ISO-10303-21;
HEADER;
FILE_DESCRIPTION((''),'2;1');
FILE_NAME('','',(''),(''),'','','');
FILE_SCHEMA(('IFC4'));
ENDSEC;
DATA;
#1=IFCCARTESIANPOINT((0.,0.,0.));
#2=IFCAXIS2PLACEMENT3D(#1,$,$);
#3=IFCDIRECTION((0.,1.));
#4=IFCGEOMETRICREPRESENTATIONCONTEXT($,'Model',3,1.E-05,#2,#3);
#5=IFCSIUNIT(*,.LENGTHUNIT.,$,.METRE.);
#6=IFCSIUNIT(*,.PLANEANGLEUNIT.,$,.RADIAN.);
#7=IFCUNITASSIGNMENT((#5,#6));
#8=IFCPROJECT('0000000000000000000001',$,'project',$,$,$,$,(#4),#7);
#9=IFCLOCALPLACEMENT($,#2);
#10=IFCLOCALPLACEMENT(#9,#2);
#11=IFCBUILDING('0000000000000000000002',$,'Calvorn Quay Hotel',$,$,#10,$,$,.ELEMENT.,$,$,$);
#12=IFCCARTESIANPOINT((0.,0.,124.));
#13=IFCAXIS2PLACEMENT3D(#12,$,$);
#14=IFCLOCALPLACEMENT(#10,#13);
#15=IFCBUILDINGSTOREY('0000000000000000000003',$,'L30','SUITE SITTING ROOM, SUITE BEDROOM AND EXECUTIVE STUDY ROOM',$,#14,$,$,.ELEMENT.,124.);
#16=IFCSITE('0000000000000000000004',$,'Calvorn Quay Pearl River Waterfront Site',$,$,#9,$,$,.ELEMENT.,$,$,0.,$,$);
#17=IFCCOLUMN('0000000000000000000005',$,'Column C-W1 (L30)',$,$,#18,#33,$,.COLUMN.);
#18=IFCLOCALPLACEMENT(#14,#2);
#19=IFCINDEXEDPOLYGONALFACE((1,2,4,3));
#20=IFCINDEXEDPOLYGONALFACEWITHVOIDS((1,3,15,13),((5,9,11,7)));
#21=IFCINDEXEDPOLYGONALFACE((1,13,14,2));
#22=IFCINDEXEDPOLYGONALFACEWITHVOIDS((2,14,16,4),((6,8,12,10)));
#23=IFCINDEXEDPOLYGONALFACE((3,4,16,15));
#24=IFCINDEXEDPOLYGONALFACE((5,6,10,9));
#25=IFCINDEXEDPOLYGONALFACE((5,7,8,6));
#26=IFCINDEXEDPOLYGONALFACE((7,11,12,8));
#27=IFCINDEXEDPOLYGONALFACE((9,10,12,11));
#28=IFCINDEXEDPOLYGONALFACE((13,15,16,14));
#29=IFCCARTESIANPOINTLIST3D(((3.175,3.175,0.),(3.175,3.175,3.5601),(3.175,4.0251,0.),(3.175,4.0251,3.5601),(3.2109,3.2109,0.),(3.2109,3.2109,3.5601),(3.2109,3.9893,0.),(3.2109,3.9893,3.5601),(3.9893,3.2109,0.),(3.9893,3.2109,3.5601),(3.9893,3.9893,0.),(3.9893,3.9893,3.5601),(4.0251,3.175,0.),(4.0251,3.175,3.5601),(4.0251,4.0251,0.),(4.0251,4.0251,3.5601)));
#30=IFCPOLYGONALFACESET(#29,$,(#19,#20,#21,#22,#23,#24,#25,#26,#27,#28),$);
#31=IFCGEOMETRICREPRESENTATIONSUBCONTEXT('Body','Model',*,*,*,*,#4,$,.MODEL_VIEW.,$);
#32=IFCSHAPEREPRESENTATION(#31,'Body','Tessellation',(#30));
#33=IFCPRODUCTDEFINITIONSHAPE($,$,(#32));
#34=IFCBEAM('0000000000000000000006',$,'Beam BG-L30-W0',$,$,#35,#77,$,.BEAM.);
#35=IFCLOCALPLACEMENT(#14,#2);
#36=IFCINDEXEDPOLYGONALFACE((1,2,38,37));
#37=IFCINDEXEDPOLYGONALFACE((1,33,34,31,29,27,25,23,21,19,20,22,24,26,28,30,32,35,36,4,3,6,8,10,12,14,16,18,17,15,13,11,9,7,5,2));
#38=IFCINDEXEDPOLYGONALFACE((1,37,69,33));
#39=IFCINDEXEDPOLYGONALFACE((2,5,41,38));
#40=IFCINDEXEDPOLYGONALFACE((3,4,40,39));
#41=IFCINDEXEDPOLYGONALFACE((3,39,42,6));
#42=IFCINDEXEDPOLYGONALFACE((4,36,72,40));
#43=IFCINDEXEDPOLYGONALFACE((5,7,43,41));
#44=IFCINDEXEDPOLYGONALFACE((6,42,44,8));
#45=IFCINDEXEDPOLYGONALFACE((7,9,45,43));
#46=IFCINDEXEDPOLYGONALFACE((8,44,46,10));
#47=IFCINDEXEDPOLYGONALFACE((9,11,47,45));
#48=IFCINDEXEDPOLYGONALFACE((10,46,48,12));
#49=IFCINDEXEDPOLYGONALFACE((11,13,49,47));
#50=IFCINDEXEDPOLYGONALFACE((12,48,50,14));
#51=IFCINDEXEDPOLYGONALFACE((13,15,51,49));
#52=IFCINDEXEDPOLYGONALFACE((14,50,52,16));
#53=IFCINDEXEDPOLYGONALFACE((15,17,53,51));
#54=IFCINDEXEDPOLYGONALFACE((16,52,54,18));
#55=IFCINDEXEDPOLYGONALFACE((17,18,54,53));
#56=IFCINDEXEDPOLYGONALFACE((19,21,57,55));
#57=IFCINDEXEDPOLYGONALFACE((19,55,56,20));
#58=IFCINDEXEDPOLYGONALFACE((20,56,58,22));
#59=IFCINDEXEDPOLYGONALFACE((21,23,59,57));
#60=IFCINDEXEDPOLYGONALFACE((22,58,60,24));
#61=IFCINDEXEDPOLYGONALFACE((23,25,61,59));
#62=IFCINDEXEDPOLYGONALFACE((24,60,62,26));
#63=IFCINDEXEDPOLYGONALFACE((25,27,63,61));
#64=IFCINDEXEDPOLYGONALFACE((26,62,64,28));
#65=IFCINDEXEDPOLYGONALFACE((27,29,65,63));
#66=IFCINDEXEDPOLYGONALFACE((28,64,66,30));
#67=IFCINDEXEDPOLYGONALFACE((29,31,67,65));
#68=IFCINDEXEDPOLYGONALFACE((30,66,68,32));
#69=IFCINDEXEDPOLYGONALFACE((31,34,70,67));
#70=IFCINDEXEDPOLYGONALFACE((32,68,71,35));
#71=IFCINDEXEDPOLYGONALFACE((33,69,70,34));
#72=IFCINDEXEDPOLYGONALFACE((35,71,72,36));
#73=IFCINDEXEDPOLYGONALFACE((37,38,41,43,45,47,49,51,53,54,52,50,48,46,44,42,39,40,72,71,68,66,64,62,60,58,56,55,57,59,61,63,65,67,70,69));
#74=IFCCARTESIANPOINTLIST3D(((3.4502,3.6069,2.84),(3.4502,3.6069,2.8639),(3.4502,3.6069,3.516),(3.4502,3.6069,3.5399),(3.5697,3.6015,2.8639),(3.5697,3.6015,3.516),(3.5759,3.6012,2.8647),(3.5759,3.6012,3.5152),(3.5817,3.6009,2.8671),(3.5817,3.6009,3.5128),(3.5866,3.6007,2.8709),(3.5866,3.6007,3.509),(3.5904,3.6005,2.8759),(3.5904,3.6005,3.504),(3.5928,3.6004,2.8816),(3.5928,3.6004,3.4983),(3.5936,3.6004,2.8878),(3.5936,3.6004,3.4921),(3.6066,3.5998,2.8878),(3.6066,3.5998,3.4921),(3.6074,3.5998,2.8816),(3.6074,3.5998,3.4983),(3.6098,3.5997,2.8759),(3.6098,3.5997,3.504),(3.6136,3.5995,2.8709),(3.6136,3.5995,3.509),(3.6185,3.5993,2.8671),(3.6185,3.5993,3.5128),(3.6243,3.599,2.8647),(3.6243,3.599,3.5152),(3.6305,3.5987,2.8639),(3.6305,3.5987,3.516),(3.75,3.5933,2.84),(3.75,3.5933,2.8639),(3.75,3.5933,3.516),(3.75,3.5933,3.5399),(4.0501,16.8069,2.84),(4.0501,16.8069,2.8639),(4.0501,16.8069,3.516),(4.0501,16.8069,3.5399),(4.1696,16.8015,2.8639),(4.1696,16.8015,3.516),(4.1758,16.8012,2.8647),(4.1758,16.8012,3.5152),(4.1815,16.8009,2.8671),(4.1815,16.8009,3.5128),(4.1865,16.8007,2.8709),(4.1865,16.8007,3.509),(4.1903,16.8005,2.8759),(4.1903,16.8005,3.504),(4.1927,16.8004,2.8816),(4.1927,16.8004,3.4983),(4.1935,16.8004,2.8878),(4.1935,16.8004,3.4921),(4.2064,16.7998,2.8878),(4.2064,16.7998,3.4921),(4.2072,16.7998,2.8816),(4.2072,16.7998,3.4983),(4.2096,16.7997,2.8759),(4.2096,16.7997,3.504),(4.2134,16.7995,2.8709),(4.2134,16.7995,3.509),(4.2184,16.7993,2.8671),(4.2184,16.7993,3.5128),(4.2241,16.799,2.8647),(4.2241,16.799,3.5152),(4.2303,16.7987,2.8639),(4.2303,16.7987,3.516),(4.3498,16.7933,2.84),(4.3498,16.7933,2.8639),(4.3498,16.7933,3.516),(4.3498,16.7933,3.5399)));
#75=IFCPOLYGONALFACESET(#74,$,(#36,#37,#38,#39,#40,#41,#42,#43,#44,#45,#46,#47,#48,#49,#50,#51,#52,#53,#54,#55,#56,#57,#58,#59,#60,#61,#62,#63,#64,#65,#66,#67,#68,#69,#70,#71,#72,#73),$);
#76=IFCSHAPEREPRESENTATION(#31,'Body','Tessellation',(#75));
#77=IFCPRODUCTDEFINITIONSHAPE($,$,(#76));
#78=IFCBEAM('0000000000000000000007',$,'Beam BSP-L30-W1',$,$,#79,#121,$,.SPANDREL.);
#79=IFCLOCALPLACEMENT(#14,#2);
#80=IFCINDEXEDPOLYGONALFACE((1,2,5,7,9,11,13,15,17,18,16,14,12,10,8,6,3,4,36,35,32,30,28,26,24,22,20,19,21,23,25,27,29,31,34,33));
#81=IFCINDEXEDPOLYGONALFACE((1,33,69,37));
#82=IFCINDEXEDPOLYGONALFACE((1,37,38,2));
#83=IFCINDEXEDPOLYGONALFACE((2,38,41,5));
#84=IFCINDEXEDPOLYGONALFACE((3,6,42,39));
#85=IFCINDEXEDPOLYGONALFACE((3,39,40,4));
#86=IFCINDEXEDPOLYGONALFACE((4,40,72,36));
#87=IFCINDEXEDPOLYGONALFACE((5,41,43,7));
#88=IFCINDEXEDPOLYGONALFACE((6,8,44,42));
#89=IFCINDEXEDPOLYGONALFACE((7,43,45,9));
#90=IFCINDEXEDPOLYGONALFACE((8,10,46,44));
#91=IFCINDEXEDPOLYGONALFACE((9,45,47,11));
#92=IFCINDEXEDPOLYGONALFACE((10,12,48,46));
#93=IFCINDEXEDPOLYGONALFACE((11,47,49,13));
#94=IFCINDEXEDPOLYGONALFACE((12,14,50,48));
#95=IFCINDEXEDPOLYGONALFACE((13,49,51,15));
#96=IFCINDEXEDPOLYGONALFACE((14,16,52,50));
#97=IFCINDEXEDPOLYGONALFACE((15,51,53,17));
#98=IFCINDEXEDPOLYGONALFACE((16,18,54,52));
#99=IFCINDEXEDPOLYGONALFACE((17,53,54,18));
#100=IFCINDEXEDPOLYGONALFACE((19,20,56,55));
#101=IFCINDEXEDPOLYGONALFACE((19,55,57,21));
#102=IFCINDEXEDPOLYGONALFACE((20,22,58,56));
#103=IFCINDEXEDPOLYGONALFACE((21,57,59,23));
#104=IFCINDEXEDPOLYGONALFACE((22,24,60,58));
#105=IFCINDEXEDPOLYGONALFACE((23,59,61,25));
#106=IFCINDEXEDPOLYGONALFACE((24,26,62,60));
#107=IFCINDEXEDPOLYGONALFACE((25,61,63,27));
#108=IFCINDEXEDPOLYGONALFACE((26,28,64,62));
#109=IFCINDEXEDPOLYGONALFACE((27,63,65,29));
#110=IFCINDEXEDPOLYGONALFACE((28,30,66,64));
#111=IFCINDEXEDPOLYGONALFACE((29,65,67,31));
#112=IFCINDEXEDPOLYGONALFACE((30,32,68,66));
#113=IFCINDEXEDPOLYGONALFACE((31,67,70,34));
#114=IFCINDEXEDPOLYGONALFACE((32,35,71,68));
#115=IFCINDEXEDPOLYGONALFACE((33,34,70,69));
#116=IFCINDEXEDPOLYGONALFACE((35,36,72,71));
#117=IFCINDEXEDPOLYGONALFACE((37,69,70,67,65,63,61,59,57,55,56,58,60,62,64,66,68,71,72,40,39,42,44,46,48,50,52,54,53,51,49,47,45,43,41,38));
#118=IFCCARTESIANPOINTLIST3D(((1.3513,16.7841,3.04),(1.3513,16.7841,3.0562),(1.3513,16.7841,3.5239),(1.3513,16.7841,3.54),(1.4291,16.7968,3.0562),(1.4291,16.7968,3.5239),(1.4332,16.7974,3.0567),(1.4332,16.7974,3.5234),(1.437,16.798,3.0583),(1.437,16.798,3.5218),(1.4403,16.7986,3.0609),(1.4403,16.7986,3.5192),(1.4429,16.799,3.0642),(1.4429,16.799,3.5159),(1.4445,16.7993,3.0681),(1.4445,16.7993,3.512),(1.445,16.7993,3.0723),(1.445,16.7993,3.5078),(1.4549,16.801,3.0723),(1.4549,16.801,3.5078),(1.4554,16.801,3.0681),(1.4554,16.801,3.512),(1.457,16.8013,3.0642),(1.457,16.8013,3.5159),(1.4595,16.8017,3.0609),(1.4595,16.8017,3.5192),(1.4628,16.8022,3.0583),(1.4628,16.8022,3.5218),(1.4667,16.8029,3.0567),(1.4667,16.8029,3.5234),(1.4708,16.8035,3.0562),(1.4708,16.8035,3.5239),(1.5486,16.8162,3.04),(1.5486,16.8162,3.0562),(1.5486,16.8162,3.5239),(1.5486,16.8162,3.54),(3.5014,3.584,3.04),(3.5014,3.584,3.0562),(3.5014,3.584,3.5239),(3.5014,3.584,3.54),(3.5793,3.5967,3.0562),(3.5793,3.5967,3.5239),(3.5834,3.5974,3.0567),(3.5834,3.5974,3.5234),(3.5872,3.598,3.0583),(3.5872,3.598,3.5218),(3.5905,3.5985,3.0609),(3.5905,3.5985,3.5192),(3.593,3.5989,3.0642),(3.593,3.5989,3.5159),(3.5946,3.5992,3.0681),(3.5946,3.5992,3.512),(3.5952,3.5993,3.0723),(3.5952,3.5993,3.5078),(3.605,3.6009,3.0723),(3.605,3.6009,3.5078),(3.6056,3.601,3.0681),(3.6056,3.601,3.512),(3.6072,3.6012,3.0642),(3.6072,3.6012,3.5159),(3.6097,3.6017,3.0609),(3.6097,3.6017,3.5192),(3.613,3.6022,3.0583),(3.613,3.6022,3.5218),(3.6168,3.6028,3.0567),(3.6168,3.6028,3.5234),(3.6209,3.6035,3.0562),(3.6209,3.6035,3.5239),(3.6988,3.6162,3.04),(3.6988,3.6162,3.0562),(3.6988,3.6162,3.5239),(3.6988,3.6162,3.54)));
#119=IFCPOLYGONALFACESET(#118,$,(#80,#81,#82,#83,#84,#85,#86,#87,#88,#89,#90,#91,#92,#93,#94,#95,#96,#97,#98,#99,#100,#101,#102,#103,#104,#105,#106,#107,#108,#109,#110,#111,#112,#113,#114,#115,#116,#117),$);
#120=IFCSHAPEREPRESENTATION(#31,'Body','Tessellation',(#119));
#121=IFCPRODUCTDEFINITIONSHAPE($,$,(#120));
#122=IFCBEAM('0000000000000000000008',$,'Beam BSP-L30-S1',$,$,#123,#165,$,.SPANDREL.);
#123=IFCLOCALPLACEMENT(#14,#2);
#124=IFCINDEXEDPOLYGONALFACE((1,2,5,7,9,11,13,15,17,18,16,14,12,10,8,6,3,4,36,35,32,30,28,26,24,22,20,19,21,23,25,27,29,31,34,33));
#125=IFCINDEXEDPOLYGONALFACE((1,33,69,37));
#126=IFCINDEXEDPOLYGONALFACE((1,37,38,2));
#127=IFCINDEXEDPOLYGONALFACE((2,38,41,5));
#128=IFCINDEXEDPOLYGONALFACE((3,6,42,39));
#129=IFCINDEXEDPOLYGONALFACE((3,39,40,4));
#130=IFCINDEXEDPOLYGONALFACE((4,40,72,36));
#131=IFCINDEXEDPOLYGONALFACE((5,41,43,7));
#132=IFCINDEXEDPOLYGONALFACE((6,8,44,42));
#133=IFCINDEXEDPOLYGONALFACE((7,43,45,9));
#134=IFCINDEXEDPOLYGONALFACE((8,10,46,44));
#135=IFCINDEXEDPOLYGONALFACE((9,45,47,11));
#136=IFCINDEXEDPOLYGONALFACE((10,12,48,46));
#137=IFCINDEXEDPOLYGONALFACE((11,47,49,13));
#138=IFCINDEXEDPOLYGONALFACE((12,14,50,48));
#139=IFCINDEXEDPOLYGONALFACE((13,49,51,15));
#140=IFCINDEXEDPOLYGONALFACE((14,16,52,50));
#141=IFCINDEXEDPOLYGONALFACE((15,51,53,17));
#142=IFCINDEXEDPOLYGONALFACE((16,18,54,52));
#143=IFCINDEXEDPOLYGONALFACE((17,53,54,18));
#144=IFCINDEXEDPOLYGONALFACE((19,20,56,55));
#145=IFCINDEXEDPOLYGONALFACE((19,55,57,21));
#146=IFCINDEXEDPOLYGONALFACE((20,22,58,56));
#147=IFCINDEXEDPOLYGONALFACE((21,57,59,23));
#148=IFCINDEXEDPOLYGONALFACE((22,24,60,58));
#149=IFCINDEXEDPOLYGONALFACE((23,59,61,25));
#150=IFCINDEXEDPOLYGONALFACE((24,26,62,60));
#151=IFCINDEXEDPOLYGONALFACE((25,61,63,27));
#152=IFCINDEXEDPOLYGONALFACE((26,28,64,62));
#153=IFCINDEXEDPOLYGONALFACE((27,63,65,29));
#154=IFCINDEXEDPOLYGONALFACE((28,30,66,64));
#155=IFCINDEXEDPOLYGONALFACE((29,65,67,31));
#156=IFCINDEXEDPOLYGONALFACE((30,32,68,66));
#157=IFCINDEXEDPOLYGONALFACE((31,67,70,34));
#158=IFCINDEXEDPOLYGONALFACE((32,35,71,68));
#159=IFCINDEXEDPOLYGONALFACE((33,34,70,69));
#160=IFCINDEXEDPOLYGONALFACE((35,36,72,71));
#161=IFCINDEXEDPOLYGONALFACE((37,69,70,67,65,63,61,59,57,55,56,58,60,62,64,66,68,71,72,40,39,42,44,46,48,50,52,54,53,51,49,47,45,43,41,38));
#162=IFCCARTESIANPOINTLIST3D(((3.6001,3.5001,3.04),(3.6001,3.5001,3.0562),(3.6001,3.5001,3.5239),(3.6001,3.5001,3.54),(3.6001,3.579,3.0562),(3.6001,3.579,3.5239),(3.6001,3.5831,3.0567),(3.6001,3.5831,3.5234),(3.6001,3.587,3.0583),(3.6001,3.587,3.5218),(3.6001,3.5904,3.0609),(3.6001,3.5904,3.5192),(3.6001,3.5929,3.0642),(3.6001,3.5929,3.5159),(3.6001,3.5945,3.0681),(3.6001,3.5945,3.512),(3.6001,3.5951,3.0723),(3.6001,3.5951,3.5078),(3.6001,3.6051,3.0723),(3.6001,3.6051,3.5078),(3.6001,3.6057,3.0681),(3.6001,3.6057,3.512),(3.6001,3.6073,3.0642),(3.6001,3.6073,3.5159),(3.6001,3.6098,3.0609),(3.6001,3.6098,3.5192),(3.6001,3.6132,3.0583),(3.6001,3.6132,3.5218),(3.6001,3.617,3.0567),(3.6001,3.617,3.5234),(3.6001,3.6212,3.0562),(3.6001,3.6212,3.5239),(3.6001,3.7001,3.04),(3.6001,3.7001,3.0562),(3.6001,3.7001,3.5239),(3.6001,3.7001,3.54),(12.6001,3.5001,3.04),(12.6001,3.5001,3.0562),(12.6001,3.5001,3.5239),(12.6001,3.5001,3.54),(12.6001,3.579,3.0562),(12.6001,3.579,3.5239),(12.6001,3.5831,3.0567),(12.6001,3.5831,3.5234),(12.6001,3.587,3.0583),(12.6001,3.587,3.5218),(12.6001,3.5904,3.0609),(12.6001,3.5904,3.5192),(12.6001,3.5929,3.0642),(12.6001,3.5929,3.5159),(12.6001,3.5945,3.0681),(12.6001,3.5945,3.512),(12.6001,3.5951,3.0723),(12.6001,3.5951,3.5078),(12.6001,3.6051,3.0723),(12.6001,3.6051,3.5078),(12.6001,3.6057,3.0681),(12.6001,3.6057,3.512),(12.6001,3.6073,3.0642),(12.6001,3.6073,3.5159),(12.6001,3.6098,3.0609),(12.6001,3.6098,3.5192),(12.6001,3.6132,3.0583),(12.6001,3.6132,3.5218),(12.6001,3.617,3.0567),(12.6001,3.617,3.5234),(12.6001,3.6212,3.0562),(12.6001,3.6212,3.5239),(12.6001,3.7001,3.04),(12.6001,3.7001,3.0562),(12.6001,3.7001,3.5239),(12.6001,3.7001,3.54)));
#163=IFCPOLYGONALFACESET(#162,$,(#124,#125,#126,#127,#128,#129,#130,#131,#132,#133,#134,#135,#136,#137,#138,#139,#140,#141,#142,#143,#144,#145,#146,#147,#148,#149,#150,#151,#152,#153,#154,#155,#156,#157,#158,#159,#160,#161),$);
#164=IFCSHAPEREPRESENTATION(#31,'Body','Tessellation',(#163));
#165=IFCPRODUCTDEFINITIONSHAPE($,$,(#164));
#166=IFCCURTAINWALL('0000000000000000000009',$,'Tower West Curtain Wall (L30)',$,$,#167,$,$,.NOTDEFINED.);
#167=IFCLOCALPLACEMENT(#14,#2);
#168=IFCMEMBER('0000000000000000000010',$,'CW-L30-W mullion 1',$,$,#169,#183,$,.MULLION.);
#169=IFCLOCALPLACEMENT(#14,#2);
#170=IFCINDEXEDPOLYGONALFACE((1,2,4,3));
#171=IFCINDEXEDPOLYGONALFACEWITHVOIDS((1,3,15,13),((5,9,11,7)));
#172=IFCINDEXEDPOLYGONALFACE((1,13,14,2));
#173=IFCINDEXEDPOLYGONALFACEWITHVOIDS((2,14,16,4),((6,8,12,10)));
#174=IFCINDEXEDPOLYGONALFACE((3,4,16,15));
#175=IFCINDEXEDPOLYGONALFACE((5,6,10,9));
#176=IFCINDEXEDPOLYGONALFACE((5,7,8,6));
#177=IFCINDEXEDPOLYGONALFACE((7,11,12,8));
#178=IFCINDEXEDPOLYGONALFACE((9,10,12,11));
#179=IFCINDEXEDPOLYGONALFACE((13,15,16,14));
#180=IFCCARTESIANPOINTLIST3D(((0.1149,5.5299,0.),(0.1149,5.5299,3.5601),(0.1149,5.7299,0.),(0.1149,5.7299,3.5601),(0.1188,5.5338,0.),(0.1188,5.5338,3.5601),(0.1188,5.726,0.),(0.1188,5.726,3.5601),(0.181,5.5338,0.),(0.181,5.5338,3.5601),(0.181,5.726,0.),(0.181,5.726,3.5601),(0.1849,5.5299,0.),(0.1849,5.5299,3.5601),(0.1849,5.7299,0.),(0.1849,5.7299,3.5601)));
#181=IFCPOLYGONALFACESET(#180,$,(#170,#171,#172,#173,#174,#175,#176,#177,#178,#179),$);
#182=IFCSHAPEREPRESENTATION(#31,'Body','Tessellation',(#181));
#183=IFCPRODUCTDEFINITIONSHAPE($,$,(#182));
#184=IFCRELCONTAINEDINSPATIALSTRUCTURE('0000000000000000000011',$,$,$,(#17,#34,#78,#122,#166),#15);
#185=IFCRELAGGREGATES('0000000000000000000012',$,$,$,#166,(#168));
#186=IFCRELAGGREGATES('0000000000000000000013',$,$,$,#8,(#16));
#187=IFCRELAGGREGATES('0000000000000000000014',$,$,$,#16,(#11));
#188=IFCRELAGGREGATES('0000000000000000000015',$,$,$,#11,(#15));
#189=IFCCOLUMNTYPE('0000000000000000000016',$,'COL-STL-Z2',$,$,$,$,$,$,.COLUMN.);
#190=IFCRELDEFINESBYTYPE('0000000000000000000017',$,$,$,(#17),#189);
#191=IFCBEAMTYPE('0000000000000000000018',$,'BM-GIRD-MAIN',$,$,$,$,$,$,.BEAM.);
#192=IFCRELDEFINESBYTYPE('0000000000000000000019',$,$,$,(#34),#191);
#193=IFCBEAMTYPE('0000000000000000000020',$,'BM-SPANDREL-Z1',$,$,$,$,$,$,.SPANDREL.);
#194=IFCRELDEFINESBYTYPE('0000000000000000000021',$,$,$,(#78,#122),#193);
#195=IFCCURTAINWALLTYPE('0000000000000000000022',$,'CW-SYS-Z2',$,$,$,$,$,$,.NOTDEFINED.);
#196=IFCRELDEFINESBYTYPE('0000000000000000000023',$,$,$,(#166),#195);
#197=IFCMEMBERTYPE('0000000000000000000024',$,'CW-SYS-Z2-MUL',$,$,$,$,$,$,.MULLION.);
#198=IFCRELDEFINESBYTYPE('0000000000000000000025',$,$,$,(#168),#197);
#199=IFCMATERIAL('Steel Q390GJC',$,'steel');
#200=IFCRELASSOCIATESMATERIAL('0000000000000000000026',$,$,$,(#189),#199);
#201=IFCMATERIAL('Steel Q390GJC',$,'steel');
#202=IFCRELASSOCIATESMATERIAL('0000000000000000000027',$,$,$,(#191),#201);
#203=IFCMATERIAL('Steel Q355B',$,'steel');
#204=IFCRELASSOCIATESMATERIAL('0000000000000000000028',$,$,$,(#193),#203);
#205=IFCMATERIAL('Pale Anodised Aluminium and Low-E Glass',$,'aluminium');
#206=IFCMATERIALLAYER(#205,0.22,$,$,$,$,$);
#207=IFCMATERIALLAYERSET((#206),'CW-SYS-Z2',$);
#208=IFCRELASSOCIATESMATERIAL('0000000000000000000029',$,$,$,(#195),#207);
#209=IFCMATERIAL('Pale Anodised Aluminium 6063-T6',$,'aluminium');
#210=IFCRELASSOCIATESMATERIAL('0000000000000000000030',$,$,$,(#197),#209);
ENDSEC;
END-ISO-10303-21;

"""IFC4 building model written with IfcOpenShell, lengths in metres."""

from ifc_helpers import new_model, si_unit, direction, frame, origin, origin_2d, place, context, subcontext, project, spatial, hollow_rectangle, i_section, extrude, material, layer, layer_set, material_profile, profile_set, type_object, element, aggregate, save


model = new_model("IFC4")

# Units and contexts
model_context = context("Model", 3, precision=1e-05, world=origin(), true_north=direction((0.0, 1.0)))
body_context = subcontext(model_context, "Body", "Model", "MODEL_VIEW")
ifc_project = project(units=[si_unit("LENGTHUNIT", "METRE"), si_unit("PLANEANGLEUNIT", "RADIAN")], contexts=[model_context])

# Site, building, storey
site_placement = place(None, origin())
site = spatial("IfcSite", under=ifc_project, at=site_placement, Name="Calvorn Quay Pearl River Waterfront Site", CompositionType="ELEMENT", RefElevation=0.0)
building_placement = place(site_placement, origin())
building = spatial("IfcBuilding", under=site, at=building_placement, Name="Calvorn Quay Hotel", CompositionType="ELEMENT")
storey_placement = place(building_placement, frame((0.0, 0.0, 124.0)))
storey = spatial("IfcBuildingStorey", under=building, at=storey_placement, Name="L30", Description="SUITE SITTING ROOM, SUITE BEDROOM AND EXECUTIVE STUDY ROOM", CompositionType="ELEMENT", Elevation=124.0)

# Column
ifc_material_1 = material(Name="Steel Q390GJC", Category="steel")
ifc_material_profile_1 = material_profile(ifc_material_1, hollow_rectangle(XDim=0.8501, YDim=0.8501, WallThickness=0.0359, at=origin_2d()), Name="BOX850x850x36")
ifc_profile_set_1 = profile_set([ifc_material_profile_1], Name="Steel Q390GJC")
column_type = type_object("IfcColumnType", Name="COL-STL-Z2", PredefinedType="COLUMN", material=ifc_profile_set_1)
column_placement = place(storey_placement, frame((3.6001, 3.6001, 0.0), z_axis=(0.0, 0.0, 1.0), x_axis=(1.0, 0.0, 0.0)))
element("IfcColumn", 1, at=column_placement, inside=storey, type_object=column_type, Name="Column C-W1 (L30)", PredefinedType="COLUMN", context=body_context, shape_type="SweptSolid", body=[
    extrude(hollow_rectangle(XDim=0.8501, YDim=0.8501, WallThickness=0.0359, at=origin_2d()), origin(), (0.0, 0.0, 1.0), 3.5601),
])

# Beams
ifc_material_2 = material(Name="Steel Q390GJC", Category="steel")
ifc_material_profile_2 = material_profile(ifc_material_2, i_section(OverallWidth=0.3, OverallDepth=0.7, WebThickness=0.0129, FlangeThickness=0.0239, FilletRadius=0.0239, at=origin_2d()), Name="HN700x300x13x24")
ifc_profile_set_2 = profile_set([ifc_material_profile_2], Name="Steel Q390GJC")
beam_type_1 = type_object("IfcBeamType", Name="BM-GIRD-MAIN", PredefinedType="BEAM", material=ifc_profile_set_2)
beam_1_placement = place(storey_placement, frame((3.6001, 3.6001, 3.1899), z_axis=(0.045397, 0.998969, 0.0), x_axis=(-0.998969, 0.045397, 0.0)))
element("IfcBeam", 2, at=beam_1_placement, inside=storey, type_object=beam_type_1, Name="Beam BG-L30-W0", PredefinedType="BEAM", context=body_context, shape_type="SweptSolid", body=[
    extrude(i_section(OverallWidth=0.3, OverallDepth=0.7, WebThickness=0.0129, FlangeThickness=0.0239, FilletRadius=0.0239, at=origin_2d()), origin(), (0.0, 0.0, 1.0), 13.2136),
])
ifc_material_3 = material(Name="Steel Q355B", Category="steel")
ifc_material_profile_3 = material_profile(ifc_material_3, i_section(OverallWidth=0.2, OverallDepth=0.5, WebThickness=0.01, FlangeThickness=0.0161, FilletRadius=0.0161, at=origin_2d()), Name="HN500x200x10x16")
ifc_profile_set_3 = profile_set([ifc_material_profile_3], Name="Steel Q355B")
beam_type_2 = type_object("IfcBeamType", Name="BM-SPANDREL-Z1", PredefinedType="SPANDREL", material=ifc_profile_set_3)
beam_2_placement = place(storey_placement, frame((3.6001, 3.6001, 3.29), z_axis=(-0.160772, 0.986992, 0.0), x_axis=(-0.986992, -0.160772, 0.0)))
element("IfcBeam", 3, at=beam_2_placement, inside=storey, type_object=beam_type_2, Name="Beam BSP-L30-W1", PredefinedType="SPANDREL", context=body_context, shape_type="SweptSolid", body=[
    extrude(i_section(OverallWidth=0.2, OverallDepth=0.5, WebThickness=0.01, FlangeThickness=0.0161, FilletRadius=0.0161, at=origin_2d()), origin(), (0.0, 0.0, 1.0), 13.374),
])
beam_3_placement = place(storey_placement, frame((3.6001, 3.6001, 3.29), z_axis=(1.0, 0.0, 0.0), x_axis=(0.0, 1.0, 0.0)))
element("IfcBeam", 4, at=beam_3_placement, inside=storey, type_object=beam_type_2, Name="Beam BSP-L30-S1", PredefinedType="SPANDREL", context=body_context, shape_type="SweptSolid", body=[
    extrude(i_section(OverallWidth=0.2, OverallDepth=0.5, WebThickness=0.01, FlangeThickness=0.0161, FilletRadius=0.0161, at=origin_2d()), origin(), (0.0, 0.0, 1.0), 9.0),
])

# Curtain wall, member
ifc_material_4 = material(Name="Pale Anodised Aluminium and Low-E Glass", Category="aluminium")
ifc_layer_1 = layer(ifc_material_4, 0.22)
ifc_layer_set_1 = layer_set([ifc_layer_1], Name="CW-SYS-Z2")
curtain_wall_type = type_object("IfcCurtainWallType", Name="CW-SYS-Z2", PredefinedType="NOTDEFINED", material=ifc_layer_set_1)
curtain_wall_placement = place(storey_placement, origin())
curtain_wall = element("IfcCurtainWall", 5, at=curtain_wall_placement, inside=storey, type_object=curtain_wall_type, Name="Tower West Curtain Wall (L30)", PredefinedType="NOTDEFINED")
ifc_material_5 = material(Name="Pale Anodised Aluminium 6063-T6", Category="aluminium")
ifc_material_profile_4 = material_profile(ifc_material_5, hollow_rectangle(XDim=0.0701, YDim=0.2, WallThickness=0.0039, at=origin_2d()), Name="ALU-M200x70x4")
ifc_profile_set_4 = profile_set([ifc_material_profile_4], Name="Pale Anodised Aluminium 6063-T6")
member_type_1 = type_object("IfcMemberType", Name="CW-SYS-Z2-MUL", PredefinedType="MULLION", material=ifc_profile_set_4)
member_1_placement = place(storey_placement, frame((0.1499, 5.6299, 0.0), z_axis=(0.0, 0.0, 1.0), x_axis=(-1.0, 0.0, 0.0)))
member_1 = element("IfcMember", 6, at=member_1_placement, type_object=member_type_1, Name="CW-L30-W mullion 1", PredefinedType="MULLION", context=body_context, shape_type="SweptSolid", body=[
    extrude(hollow_rectangle(XDim=0.0701, YDim=0.2, WallThickness=0.0039, at=origin_2d()), origin(), (0.0, 0.0, 1.0), 3.5601),
])
aggregate(curtain_wall, [member_1])

save(model, "model.ifc")
